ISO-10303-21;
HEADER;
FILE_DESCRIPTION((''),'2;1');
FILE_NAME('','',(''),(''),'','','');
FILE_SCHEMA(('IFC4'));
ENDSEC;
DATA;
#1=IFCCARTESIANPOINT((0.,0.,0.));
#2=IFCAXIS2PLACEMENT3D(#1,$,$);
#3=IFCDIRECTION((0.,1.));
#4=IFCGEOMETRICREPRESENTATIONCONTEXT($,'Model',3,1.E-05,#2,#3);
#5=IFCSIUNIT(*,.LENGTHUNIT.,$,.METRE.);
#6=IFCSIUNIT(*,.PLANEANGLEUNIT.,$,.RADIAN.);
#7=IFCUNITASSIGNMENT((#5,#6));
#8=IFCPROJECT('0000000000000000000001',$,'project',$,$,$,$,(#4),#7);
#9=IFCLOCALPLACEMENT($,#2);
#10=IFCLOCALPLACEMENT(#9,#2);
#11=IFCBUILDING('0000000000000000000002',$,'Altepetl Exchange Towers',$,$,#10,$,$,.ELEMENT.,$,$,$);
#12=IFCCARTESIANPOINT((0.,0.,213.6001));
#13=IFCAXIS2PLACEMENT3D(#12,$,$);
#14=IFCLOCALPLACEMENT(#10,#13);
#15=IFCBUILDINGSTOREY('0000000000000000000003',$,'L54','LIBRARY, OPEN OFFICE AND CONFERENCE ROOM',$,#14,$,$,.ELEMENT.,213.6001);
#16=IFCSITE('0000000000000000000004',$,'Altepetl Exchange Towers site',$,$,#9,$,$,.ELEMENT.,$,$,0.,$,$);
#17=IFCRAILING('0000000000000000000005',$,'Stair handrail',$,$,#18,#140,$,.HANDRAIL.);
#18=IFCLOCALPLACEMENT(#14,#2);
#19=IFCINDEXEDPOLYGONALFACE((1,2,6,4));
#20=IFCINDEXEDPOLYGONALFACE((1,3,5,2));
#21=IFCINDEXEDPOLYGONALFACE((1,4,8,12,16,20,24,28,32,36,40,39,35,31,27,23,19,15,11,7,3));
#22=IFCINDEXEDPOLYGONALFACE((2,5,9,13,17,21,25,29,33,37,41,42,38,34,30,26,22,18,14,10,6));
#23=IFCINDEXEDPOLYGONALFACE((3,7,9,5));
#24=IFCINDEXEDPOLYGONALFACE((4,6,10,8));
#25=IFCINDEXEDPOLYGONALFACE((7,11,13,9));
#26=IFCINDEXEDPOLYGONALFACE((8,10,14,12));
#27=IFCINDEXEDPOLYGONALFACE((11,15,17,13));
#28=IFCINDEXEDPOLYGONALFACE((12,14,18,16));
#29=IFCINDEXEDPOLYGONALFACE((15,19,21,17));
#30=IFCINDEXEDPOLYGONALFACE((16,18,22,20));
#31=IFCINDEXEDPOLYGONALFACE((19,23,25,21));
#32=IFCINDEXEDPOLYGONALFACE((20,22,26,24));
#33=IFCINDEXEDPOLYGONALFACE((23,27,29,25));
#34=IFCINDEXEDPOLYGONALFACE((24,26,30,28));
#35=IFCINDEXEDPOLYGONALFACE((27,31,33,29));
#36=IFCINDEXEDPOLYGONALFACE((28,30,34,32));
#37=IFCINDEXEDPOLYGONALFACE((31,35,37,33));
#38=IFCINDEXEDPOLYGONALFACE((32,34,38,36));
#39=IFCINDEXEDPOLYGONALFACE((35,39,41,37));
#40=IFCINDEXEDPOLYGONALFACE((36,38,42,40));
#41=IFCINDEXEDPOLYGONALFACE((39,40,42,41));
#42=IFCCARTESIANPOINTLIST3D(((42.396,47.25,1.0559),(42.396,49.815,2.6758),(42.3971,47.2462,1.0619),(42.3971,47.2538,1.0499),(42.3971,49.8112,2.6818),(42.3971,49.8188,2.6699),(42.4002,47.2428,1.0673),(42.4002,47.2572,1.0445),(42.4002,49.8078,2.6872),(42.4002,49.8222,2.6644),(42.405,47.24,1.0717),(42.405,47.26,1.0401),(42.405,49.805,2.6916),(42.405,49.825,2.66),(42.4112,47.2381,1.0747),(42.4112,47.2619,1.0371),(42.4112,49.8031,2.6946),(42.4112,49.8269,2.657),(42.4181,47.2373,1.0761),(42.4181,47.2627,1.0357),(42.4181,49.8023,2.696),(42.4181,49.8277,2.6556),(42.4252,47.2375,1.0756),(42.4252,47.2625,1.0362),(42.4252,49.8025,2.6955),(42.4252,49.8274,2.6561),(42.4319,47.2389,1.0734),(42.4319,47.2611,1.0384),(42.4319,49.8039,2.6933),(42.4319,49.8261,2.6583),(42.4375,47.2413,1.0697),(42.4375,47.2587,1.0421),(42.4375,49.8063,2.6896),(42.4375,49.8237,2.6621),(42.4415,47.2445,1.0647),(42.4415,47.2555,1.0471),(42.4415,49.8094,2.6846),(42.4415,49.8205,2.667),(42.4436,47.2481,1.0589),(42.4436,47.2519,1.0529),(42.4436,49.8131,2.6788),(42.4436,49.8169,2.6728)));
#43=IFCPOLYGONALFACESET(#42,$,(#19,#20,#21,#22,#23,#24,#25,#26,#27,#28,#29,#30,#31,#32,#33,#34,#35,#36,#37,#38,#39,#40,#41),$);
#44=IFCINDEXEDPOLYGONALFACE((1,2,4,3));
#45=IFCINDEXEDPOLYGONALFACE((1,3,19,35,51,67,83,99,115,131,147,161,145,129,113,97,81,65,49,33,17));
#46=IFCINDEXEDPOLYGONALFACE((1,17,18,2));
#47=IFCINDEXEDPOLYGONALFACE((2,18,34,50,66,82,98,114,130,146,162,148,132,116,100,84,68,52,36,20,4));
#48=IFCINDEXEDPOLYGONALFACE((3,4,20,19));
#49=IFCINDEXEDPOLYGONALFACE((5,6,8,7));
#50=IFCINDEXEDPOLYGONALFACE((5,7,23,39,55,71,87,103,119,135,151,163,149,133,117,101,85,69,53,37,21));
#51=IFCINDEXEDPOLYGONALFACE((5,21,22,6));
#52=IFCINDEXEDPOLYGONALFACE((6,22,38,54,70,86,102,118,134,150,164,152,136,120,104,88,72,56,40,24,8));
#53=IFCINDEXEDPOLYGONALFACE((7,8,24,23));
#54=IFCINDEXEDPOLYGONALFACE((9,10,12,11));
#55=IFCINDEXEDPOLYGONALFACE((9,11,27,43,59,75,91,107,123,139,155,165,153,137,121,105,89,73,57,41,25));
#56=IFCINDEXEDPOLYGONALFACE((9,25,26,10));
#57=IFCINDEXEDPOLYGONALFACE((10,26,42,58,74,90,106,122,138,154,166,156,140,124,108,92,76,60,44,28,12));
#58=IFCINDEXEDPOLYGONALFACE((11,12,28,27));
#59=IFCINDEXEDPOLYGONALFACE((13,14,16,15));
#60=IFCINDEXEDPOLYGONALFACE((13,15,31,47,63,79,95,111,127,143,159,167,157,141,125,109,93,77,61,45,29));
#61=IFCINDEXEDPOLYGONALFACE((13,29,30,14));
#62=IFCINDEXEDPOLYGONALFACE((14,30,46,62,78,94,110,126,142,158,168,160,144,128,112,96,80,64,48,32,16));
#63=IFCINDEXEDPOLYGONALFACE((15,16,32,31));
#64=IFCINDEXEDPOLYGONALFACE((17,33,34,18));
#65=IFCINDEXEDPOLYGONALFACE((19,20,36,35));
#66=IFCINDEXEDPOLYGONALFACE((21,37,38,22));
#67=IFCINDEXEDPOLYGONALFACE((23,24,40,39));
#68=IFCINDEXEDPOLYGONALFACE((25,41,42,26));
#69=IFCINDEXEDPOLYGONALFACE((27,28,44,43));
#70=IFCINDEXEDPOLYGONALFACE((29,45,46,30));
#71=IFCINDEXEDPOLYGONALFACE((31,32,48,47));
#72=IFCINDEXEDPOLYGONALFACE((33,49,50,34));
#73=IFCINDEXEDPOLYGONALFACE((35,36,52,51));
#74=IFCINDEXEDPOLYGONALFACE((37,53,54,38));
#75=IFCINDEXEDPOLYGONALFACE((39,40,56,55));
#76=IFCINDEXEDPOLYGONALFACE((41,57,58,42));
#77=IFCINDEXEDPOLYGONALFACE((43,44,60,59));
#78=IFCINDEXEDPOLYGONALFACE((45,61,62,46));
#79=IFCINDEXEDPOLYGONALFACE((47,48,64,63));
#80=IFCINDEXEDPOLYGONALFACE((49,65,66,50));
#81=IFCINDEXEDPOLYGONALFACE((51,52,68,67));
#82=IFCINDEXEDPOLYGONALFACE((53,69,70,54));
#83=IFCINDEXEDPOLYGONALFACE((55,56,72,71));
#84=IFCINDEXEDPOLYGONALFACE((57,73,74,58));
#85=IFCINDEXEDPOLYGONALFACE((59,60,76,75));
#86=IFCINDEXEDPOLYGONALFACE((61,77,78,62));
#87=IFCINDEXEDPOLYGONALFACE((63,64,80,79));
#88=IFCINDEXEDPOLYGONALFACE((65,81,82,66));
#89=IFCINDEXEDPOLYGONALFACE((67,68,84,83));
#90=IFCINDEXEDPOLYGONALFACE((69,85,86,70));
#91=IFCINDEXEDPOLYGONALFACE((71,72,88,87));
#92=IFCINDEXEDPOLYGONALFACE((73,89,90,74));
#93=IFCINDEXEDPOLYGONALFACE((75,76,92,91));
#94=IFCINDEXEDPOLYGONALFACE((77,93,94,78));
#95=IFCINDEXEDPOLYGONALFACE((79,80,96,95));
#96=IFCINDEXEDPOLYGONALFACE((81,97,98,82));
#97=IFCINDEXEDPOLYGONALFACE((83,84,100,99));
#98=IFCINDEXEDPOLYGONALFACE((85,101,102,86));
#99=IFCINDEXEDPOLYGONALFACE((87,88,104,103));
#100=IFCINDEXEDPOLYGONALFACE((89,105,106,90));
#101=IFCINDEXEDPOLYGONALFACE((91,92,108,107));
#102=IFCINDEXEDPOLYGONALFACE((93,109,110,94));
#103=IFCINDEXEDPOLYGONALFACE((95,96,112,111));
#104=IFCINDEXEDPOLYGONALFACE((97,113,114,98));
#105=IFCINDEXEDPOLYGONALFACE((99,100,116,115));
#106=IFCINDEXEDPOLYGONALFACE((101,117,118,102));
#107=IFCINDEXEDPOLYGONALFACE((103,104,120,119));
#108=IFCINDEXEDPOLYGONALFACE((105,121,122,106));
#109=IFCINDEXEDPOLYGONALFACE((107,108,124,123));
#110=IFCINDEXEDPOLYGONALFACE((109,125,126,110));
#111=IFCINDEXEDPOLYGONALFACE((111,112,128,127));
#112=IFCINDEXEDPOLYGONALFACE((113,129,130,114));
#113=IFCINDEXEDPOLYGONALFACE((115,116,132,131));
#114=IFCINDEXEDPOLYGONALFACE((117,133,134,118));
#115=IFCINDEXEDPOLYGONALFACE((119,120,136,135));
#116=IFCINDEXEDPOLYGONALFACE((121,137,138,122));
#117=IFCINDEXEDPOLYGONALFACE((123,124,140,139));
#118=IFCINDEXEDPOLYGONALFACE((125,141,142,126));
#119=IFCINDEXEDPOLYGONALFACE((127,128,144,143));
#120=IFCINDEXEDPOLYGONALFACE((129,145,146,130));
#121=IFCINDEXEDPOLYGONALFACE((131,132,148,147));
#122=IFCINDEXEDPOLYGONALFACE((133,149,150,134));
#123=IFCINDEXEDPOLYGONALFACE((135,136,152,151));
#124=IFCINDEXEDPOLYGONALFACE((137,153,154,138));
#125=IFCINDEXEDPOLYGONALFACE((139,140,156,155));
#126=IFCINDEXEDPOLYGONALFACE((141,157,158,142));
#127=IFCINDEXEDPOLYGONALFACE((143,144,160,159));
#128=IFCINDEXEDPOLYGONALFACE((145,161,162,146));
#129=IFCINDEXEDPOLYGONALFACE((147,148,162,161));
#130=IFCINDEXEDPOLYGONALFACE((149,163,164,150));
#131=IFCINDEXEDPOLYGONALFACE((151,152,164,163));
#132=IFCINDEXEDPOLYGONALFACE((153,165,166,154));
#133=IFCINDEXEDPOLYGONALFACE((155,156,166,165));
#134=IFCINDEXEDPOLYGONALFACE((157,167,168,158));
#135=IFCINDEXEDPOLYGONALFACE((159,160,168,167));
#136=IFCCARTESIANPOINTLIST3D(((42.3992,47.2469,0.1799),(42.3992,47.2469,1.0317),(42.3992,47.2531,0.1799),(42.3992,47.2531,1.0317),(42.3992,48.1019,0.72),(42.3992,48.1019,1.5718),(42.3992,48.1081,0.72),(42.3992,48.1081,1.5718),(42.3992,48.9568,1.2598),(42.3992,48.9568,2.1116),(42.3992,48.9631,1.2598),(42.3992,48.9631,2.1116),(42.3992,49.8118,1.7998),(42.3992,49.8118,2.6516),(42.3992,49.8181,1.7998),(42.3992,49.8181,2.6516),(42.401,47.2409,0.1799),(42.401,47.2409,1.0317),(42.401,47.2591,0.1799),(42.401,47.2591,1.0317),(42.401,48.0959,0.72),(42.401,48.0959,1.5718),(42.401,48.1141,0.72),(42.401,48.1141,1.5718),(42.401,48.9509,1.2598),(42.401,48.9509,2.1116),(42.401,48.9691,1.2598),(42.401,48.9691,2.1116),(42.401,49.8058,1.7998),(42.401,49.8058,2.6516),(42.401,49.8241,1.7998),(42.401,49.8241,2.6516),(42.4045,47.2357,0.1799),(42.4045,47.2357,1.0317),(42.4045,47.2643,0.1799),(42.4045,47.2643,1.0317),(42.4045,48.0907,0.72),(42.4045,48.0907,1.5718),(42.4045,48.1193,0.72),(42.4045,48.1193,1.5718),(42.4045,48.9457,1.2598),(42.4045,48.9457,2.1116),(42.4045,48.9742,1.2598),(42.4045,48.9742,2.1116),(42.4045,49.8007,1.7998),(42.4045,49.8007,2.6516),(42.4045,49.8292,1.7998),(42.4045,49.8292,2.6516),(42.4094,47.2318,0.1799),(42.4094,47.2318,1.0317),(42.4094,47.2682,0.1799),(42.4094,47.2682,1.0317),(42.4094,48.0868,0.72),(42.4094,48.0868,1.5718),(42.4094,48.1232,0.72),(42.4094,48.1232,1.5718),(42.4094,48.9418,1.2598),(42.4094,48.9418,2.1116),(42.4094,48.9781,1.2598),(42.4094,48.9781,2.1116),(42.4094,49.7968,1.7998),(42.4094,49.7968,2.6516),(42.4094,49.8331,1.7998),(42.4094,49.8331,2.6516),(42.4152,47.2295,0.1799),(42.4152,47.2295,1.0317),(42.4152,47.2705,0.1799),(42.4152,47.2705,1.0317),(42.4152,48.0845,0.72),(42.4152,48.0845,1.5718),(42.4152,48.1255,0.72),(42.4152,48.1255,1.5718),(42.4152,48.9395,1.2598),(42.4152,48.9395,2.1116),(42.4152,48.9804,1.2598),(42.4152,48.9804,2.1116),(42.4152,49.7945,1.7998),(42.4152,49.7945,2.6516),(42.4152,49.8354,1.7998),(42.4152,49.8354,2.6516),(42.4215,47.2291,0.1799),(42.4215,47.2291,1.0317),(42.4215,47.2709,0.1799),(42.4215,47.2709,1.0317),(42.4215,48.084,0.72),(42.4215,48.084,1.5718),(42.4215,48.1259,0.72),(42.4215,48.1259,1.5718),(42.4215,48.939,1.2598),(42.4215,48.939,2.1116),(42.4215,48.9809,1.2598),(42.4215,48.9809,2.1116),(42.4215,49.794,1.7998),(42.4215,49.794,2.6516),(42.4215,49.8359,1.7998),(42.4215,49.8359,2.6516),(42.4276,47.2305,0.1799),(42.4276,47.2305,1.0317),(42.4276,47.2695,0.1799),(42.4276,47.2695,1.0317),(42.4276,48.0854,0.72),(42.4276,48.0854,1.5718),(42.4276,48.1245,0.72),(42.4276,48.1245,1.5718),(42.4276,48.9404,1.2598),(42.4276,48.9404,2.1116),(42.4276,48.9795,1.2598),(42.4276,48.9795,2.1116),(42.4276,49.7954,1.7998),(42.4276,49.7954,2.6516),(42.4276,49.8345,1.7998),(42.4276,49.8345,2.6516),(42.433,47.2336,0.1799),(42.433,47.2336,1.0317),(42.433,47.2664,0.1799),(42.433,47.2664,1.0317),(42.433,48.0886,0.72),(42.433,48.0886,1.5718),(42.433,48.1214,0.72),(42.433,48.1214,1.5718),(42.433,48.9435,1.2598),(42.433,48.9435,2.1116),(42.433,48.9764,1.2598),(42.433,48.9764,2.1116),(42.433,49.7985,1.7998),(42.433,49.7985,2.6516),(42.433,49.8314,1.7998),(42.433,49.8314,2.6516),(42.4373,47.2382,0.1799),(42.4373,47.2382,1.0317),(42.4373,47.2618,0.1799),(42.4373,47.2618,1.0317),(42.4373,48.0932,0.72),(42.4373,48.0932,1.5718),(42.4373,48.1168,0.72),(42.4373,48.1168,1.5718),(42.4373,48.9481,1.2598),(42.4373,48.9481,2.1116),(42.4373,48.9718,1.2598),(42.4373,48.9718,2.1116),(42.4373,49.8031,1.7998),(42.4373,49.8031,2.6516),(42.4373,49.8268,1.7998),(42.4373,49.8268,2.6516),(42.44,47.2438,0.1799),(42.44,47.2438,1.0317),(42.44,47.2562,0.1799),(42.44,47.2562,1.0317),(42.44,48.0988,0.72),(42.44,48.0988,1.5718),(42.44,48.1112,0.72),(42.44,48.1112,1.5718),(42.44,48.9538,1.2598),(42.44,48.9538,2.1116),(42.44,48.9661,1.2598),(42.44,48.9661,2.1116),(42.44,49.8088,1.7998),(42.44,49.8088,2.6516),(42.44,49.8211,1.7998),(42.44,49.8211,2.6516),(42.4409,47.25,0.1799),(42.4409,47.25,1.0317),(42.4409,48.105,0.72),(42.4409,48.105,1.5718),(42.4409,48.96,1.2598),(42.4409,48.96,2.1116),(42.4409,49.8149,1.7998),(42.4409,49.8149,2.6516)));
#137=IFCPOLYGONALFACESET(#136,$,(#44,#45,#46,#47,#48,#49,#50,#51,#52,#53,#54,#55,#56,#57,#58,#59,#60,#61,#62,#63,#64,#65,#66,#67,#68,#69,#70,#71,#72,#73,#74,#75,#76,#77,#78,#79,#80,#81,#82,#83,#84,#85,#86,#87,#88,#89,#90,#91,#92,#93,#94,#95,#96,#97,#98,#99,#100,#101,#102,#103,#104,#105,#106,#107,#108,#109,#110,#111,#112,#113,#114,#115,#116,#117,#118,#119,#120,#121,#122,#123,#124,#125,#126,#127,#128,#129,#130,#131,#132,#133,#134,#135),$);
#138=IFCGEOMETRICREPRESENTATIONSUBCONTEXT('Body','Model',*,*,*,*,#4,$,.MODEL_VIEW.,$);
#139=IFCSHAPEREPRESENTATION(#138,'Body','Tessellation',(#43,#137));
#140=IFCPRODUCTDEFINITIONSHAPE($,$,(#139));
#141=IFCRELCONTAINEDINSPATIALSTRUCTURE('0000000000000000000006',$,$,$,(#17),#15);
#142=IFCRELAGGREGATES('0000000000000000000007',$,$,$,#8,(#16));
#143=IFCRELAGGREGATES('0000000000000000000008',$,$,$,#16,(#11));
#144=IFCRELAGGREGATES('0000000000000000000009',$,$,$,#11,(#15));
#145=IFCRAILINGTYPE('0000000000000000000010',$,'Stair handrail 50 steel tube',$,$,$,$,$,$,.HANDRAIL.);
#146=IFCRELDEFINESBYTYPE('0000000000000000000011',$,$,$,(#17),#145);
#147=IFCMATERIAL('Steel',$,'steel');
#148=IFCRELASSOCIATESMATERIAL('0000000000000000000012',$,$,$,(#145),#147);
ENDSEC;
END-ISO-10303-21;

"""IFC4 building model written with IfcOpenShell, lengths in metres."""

from ifc_helpers import new_model, si_unit, direction, frame, origin, origin_2d, place, context, subcontext, project, spatial, circle, extrude, source, transform, mapped, material, type_object, element, save


model = new_model("IFC4")

# Units and contexts
model_context = context("Model", 3, precision=1e-05, world=origin(), true_north=direction((0.0, 1.0)))
body_context = subcontext(model_context, "Body", "Model", "MODEL_VIEW")
ifc_project = project(units=[si_unit("LENGTHUNIT", "METRE"), si_unit("PLANEANGLEUNIT", "RADIAN")], contexts=[model_context])

# Site, building, storey
site_placement = place(None, origin())
site = spatial("IfcSite", under=ifc_project, at=site_placement, Name="Altepetl Exchange Towers site", CompositionType="ELEMENT", RefElevation=0.0)
building_placement = place(site_placement, origin())
building = spatial("IfcBuilding", under=site, at=building_placement, Name="Altepetl Exchange Towers", CompositionType="ELEMENT")
storey_placement = place(building_placement, frame((0.0, 0.0, 213.6001)))
storey = spatial("IfcBuildingStorey", under=building, at=storey_placement, Name="L54", Description="LIBRARY, OPEN OFFICE AND CONFERENCE ROOM", CompositionType="ELEMENT", Elevation=213.6001)

# Railing
ifc_material_1 = material(Name="Steel", Category="steel")
railing_type = type_object("IfcRailingType", Name="Stair handrail 50 steel tube", PredefinedType="HANDRAIL", material=ifc_material_1)
shared_shape = source(origin(), body_context, "Body", "SweptSolid", [
    extrude(circle(Radius=0.021, at=origin_2d()), origin(), (0.0, 0.0, 1.0), 0.8518),
])
railing_1_placement = place(storey_placement, frame((42.4199, 47.25, 0.1799)))
element("IfcRailing", 1, at=railing_1_placement, inside=storey, type_object=railing_type, Name="Stair handrail", PredefinedType="HANDRAIL", context=body_context, shape_type="SweptSolid", body=[
    extrude(circle(Radius=0.0239, at=origin_2d()), frame((0.0, 0.0, 0.876), z_axis=(0.0, 0.845502, 0.533972), x_axis=(-1.0, 0.0, 0.0)), (0.0, 0.0, 1.0), 3.0337),
    mapped(shared_shape, transform((0.0, 0.0, 0.0))),
    mapped(shared_shape, transform((0.0, 0.855, 0.54))),
    mapped(shared_shape, transform((0.0, 1.71, 1.0798))),
    mapped(shared_shape, transform((0.0, 2.5649, 1.6199))),
])

save(model, "model.ifc")
